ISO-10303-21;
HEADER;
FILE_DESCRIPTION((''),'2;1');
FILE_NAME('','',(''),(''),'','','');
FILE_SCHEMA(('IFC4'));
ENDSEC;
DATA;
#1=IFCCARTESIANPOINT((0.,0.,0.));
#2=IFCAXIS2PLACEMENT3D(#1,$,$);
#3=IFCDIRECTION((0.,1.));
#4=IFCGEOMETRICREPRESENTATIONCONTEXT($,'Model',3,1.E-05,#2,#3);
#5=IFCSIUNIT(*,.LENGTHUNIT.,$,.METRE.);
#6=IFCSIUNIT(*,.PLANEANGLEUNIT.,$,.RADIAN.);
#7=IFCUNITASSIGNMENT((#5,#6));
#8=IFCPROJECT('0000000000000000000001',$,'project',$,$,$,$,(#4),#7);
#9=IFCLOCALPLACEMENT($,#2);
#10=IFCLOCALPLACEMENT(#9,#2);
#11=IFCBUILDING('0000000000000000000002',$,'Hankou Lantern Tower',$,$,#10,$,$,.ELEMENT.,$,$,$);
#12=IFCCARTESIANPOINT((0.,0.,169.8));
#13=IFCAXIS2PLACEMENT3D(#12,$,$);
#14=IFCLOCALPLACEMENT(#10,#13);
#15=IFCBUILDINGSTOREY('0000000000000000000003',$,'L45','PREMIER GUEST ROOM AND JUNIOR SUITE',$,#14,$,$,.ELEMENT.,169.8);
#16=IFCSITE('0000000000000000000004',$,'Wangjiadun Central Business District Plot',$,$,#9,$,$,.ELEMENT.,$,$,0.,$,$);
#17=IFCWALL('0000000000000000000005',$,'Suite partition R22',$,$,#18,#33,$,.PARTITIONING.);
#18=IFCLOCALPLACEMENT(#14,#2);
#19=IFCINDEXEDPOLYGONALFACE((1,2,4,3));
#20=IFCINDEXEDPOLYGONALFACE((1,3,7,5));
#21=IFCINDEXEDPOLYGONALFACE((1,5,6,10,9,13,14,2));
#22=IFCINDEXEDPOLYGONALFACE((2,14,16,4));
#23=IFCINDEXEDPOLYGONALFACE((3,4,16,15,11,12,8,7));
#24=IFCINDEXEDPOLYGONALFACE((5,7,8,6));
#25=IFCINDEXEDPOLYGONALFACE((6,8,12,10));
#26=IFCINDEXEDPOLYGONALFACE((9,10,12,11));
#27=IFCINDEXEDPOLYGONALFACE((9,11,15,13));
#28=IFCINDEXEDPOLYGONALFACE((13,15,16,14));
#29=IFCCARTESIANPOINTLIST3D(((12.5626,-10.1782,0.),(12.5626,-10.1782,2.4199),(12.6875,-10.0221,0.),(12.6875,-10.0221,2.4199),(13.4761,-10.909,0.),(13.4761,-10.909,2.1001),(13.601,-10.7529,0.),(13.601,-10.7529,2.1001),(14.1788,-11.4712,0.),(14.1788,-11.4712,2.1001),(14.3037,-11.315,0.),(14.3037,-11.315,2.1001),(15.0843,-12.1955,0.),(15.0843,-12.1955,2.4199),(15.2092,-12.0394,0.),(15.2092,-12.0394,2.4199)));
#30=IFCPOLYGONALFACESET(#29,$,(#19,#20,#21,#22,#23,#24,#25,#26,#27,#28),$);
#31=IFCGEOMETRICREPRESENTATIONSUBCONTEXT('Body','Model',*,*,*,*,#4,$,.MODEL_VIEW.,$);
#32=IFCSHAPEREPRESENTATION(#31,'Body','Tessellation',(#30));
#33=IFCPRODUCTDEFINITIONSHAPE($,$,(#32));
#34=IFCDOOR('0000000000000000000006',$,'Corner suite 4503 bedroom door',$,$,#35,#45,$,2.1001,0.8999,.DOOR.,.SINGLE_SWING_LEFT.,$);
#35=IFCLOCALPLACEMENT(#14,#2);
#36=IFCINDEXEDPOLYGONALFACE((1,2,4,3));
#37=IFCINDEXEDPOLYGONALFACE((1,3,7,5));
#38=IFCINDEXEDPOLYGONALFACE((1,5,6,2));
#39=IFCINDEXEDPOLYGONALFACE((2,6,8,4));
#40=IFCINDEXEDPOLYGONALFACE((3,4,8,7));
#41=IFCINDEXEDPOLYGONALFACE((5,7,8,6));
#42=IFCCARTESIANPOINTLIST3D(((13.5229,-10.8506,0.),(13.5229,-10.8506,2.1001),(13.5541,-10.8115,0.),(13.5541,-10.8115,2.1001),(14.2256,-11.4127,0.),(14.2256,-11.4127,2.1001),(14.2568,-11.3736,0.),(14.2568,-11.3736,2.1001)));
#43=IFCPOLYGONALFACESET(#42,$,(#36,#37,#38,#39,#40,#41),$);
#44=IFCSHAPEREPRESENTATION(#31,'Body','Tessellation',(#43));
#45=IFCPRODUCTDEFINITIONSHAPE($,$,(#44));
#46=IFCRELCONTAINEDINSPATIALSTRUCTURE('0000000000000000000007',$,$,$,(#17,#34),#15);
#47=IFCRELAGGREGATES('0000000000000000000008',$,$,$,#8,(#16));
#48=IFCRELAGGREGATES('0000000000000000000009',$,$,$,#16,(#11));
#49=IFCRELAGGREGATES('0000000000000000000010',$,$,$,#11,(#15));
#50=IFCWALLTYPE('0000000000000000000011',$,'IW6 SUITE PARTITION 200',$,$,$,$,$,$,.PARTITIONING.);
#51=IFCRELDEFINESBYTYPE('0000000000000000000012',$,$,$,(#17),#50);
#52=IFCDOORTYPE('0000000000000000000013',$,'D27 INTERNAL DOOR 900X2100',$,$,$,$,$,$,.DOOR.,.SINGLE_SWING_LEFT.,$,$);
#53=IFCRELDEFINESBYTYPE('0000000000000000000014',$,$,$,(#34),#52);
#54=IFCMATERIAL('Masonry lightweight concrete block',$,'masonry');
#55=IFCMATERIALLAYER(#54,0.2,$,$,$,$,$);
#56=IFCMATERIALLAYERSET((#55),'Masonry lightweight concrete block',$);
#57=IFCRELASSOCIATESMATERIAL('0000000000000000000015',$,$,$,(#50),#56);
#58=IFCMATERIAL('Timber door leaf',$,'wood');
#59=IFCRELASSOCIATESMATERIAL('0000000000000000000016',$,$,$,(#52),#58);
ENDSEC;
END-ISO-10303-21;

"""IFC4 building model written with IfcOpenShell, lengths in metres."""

from ifc_helpers import new_model, si_unit, direction, frame, frame_2d, origin, place, context, subcontext, project, spatial, rectangle, extrude, material, layer, layer_set, type_object, element, fill, save


model = new_model("IFC4")

# Units and contexts
model_context = context("Model", 3, precision=1e-05, world=origin(), true_north=direction((0.0, 1.0)))
body_context = subcontext(model_context, "Body", "Model", "MODEL_VIEW")
ifc_project = project(units=[si_unit("LENGTHUNIT", "METRE"), si_unit("PLANEANGLEUNIT", "RADIAN")], contexts=[model_context])

# Site, building, storey
site_placement = place(None, origin())
site = spatial("IfcSite", under=ifc_project, at=site_placement, Name="Wangjiadun Central Business District Plot", CompositionType="ELEMENT", RefElevation=0.0)
building_placement = place(site_placement, origin())
building = spatial("IfcBuilding", under=site, at=building_placement, Name="Hankou Lantern Tower", CompositionType="ELEMENT")
storey_placement = place(building_placement, frame((0.0, 0.0, 169.8)))
storey = spatial("IfcBuildingStorey", under=building, at=storey_placement, Name="L45", Description="PREMIER GUEST ROOM AND JUNIOR SUITE", CompositionType="ELEMENT", Elevation=169.8)

# Wall, opening, door
ifc_material_1 = material(Name="Masonry lightweight concrete block", Category="masonry")
ifc_layer_1 = layer(ifc_material_1, 0.2)
ifc_layer_set_1 = layer_set([ifc_layer_1], Name="Masonry lightweight concrete block")
wall_type_1 = type_object("IfcWallType", Name="IW6 SUITE PARTITION 200", PredefinedType="PARTITIONING", material=ifc_layer_set_1)
wall_1_placement = place(storey_placement, frame((12.625, -10.1001, 0.0), z_axis=(0.0, 0.0, 1.0), x_axis=(0.780876, -0.624686, 0.0)))
wall_1 = element("IfcWall", 1, at=wall_1_placement, inside=storey, type_object=wall_type_1, Name="Suite partition R22", PredefinedType="PARTITIONING", context=body_context, shape_type="SweptSolid", body=[
    extrude(rectangle(XDim=3.2292, YDim=0.2, at=frame_2d((1.6147, 0.0))), origin(), (0.0, 0.0, 1.0), 2.4199),
])
opening_1_placement = place(wall_1_placement, frame((1.1699, 0.0, 0.0)))
opening_1 = element("IfcOpeningElement", 2, at=opening_1_placement, cuts=wall_1, PredefinedType="OPENING", context=body_context, shape_type="SweptSolid", body=[
    extrude(rectangle(XDim=0.8999, YDim=2.1001, at=frame_2d((0.45, 1.05))), frame((0.0, 0.1099, 0.0), z_axis=(0.0, -1.0, 0.0), x_axis=(1.0, 0.0, 0.0)), (0.0, 0.0, 1.0), 0.22),
])
ifc_material_2 = material(Name="Timber door leaf", Category="wood")
door_type_1 = type_object("IfcDoorType", Name="D27 INTERNAL DOOR 900X2100", OperationType="SINGLE_SWING_LEFT", PredefinedType="DOOR", material=ifc_material_2)
door_1_placement = place(opening_1_placement, origin())
door_1 = element("IfcDoor", 3, at=door_1_placement, inside=storey, type_object=door_type_1, Name="Corner suite 4503 bedroom door", OperationType="SINGLE_SWING_LEFT", OverallHeight=2.1001, OverallWidth=0.8999, PredefinedType="DOOR", context=body_context, shape_type="SweptSolid", body=[
    extrude(rectangle(XDim=0.8999, YDim=2.1001, at=frame_2d((0.45, 1.05))), frame((0.0, 0.0249, 0.0), z_axis=(0.0, -1.0, 0.0), x_axis=(1.0, 0.0, 0.0)), (0.0, 0.0, 1.0), 0.05),
])
fill(opening_1, door_1)

save(model, "model.ifc")
